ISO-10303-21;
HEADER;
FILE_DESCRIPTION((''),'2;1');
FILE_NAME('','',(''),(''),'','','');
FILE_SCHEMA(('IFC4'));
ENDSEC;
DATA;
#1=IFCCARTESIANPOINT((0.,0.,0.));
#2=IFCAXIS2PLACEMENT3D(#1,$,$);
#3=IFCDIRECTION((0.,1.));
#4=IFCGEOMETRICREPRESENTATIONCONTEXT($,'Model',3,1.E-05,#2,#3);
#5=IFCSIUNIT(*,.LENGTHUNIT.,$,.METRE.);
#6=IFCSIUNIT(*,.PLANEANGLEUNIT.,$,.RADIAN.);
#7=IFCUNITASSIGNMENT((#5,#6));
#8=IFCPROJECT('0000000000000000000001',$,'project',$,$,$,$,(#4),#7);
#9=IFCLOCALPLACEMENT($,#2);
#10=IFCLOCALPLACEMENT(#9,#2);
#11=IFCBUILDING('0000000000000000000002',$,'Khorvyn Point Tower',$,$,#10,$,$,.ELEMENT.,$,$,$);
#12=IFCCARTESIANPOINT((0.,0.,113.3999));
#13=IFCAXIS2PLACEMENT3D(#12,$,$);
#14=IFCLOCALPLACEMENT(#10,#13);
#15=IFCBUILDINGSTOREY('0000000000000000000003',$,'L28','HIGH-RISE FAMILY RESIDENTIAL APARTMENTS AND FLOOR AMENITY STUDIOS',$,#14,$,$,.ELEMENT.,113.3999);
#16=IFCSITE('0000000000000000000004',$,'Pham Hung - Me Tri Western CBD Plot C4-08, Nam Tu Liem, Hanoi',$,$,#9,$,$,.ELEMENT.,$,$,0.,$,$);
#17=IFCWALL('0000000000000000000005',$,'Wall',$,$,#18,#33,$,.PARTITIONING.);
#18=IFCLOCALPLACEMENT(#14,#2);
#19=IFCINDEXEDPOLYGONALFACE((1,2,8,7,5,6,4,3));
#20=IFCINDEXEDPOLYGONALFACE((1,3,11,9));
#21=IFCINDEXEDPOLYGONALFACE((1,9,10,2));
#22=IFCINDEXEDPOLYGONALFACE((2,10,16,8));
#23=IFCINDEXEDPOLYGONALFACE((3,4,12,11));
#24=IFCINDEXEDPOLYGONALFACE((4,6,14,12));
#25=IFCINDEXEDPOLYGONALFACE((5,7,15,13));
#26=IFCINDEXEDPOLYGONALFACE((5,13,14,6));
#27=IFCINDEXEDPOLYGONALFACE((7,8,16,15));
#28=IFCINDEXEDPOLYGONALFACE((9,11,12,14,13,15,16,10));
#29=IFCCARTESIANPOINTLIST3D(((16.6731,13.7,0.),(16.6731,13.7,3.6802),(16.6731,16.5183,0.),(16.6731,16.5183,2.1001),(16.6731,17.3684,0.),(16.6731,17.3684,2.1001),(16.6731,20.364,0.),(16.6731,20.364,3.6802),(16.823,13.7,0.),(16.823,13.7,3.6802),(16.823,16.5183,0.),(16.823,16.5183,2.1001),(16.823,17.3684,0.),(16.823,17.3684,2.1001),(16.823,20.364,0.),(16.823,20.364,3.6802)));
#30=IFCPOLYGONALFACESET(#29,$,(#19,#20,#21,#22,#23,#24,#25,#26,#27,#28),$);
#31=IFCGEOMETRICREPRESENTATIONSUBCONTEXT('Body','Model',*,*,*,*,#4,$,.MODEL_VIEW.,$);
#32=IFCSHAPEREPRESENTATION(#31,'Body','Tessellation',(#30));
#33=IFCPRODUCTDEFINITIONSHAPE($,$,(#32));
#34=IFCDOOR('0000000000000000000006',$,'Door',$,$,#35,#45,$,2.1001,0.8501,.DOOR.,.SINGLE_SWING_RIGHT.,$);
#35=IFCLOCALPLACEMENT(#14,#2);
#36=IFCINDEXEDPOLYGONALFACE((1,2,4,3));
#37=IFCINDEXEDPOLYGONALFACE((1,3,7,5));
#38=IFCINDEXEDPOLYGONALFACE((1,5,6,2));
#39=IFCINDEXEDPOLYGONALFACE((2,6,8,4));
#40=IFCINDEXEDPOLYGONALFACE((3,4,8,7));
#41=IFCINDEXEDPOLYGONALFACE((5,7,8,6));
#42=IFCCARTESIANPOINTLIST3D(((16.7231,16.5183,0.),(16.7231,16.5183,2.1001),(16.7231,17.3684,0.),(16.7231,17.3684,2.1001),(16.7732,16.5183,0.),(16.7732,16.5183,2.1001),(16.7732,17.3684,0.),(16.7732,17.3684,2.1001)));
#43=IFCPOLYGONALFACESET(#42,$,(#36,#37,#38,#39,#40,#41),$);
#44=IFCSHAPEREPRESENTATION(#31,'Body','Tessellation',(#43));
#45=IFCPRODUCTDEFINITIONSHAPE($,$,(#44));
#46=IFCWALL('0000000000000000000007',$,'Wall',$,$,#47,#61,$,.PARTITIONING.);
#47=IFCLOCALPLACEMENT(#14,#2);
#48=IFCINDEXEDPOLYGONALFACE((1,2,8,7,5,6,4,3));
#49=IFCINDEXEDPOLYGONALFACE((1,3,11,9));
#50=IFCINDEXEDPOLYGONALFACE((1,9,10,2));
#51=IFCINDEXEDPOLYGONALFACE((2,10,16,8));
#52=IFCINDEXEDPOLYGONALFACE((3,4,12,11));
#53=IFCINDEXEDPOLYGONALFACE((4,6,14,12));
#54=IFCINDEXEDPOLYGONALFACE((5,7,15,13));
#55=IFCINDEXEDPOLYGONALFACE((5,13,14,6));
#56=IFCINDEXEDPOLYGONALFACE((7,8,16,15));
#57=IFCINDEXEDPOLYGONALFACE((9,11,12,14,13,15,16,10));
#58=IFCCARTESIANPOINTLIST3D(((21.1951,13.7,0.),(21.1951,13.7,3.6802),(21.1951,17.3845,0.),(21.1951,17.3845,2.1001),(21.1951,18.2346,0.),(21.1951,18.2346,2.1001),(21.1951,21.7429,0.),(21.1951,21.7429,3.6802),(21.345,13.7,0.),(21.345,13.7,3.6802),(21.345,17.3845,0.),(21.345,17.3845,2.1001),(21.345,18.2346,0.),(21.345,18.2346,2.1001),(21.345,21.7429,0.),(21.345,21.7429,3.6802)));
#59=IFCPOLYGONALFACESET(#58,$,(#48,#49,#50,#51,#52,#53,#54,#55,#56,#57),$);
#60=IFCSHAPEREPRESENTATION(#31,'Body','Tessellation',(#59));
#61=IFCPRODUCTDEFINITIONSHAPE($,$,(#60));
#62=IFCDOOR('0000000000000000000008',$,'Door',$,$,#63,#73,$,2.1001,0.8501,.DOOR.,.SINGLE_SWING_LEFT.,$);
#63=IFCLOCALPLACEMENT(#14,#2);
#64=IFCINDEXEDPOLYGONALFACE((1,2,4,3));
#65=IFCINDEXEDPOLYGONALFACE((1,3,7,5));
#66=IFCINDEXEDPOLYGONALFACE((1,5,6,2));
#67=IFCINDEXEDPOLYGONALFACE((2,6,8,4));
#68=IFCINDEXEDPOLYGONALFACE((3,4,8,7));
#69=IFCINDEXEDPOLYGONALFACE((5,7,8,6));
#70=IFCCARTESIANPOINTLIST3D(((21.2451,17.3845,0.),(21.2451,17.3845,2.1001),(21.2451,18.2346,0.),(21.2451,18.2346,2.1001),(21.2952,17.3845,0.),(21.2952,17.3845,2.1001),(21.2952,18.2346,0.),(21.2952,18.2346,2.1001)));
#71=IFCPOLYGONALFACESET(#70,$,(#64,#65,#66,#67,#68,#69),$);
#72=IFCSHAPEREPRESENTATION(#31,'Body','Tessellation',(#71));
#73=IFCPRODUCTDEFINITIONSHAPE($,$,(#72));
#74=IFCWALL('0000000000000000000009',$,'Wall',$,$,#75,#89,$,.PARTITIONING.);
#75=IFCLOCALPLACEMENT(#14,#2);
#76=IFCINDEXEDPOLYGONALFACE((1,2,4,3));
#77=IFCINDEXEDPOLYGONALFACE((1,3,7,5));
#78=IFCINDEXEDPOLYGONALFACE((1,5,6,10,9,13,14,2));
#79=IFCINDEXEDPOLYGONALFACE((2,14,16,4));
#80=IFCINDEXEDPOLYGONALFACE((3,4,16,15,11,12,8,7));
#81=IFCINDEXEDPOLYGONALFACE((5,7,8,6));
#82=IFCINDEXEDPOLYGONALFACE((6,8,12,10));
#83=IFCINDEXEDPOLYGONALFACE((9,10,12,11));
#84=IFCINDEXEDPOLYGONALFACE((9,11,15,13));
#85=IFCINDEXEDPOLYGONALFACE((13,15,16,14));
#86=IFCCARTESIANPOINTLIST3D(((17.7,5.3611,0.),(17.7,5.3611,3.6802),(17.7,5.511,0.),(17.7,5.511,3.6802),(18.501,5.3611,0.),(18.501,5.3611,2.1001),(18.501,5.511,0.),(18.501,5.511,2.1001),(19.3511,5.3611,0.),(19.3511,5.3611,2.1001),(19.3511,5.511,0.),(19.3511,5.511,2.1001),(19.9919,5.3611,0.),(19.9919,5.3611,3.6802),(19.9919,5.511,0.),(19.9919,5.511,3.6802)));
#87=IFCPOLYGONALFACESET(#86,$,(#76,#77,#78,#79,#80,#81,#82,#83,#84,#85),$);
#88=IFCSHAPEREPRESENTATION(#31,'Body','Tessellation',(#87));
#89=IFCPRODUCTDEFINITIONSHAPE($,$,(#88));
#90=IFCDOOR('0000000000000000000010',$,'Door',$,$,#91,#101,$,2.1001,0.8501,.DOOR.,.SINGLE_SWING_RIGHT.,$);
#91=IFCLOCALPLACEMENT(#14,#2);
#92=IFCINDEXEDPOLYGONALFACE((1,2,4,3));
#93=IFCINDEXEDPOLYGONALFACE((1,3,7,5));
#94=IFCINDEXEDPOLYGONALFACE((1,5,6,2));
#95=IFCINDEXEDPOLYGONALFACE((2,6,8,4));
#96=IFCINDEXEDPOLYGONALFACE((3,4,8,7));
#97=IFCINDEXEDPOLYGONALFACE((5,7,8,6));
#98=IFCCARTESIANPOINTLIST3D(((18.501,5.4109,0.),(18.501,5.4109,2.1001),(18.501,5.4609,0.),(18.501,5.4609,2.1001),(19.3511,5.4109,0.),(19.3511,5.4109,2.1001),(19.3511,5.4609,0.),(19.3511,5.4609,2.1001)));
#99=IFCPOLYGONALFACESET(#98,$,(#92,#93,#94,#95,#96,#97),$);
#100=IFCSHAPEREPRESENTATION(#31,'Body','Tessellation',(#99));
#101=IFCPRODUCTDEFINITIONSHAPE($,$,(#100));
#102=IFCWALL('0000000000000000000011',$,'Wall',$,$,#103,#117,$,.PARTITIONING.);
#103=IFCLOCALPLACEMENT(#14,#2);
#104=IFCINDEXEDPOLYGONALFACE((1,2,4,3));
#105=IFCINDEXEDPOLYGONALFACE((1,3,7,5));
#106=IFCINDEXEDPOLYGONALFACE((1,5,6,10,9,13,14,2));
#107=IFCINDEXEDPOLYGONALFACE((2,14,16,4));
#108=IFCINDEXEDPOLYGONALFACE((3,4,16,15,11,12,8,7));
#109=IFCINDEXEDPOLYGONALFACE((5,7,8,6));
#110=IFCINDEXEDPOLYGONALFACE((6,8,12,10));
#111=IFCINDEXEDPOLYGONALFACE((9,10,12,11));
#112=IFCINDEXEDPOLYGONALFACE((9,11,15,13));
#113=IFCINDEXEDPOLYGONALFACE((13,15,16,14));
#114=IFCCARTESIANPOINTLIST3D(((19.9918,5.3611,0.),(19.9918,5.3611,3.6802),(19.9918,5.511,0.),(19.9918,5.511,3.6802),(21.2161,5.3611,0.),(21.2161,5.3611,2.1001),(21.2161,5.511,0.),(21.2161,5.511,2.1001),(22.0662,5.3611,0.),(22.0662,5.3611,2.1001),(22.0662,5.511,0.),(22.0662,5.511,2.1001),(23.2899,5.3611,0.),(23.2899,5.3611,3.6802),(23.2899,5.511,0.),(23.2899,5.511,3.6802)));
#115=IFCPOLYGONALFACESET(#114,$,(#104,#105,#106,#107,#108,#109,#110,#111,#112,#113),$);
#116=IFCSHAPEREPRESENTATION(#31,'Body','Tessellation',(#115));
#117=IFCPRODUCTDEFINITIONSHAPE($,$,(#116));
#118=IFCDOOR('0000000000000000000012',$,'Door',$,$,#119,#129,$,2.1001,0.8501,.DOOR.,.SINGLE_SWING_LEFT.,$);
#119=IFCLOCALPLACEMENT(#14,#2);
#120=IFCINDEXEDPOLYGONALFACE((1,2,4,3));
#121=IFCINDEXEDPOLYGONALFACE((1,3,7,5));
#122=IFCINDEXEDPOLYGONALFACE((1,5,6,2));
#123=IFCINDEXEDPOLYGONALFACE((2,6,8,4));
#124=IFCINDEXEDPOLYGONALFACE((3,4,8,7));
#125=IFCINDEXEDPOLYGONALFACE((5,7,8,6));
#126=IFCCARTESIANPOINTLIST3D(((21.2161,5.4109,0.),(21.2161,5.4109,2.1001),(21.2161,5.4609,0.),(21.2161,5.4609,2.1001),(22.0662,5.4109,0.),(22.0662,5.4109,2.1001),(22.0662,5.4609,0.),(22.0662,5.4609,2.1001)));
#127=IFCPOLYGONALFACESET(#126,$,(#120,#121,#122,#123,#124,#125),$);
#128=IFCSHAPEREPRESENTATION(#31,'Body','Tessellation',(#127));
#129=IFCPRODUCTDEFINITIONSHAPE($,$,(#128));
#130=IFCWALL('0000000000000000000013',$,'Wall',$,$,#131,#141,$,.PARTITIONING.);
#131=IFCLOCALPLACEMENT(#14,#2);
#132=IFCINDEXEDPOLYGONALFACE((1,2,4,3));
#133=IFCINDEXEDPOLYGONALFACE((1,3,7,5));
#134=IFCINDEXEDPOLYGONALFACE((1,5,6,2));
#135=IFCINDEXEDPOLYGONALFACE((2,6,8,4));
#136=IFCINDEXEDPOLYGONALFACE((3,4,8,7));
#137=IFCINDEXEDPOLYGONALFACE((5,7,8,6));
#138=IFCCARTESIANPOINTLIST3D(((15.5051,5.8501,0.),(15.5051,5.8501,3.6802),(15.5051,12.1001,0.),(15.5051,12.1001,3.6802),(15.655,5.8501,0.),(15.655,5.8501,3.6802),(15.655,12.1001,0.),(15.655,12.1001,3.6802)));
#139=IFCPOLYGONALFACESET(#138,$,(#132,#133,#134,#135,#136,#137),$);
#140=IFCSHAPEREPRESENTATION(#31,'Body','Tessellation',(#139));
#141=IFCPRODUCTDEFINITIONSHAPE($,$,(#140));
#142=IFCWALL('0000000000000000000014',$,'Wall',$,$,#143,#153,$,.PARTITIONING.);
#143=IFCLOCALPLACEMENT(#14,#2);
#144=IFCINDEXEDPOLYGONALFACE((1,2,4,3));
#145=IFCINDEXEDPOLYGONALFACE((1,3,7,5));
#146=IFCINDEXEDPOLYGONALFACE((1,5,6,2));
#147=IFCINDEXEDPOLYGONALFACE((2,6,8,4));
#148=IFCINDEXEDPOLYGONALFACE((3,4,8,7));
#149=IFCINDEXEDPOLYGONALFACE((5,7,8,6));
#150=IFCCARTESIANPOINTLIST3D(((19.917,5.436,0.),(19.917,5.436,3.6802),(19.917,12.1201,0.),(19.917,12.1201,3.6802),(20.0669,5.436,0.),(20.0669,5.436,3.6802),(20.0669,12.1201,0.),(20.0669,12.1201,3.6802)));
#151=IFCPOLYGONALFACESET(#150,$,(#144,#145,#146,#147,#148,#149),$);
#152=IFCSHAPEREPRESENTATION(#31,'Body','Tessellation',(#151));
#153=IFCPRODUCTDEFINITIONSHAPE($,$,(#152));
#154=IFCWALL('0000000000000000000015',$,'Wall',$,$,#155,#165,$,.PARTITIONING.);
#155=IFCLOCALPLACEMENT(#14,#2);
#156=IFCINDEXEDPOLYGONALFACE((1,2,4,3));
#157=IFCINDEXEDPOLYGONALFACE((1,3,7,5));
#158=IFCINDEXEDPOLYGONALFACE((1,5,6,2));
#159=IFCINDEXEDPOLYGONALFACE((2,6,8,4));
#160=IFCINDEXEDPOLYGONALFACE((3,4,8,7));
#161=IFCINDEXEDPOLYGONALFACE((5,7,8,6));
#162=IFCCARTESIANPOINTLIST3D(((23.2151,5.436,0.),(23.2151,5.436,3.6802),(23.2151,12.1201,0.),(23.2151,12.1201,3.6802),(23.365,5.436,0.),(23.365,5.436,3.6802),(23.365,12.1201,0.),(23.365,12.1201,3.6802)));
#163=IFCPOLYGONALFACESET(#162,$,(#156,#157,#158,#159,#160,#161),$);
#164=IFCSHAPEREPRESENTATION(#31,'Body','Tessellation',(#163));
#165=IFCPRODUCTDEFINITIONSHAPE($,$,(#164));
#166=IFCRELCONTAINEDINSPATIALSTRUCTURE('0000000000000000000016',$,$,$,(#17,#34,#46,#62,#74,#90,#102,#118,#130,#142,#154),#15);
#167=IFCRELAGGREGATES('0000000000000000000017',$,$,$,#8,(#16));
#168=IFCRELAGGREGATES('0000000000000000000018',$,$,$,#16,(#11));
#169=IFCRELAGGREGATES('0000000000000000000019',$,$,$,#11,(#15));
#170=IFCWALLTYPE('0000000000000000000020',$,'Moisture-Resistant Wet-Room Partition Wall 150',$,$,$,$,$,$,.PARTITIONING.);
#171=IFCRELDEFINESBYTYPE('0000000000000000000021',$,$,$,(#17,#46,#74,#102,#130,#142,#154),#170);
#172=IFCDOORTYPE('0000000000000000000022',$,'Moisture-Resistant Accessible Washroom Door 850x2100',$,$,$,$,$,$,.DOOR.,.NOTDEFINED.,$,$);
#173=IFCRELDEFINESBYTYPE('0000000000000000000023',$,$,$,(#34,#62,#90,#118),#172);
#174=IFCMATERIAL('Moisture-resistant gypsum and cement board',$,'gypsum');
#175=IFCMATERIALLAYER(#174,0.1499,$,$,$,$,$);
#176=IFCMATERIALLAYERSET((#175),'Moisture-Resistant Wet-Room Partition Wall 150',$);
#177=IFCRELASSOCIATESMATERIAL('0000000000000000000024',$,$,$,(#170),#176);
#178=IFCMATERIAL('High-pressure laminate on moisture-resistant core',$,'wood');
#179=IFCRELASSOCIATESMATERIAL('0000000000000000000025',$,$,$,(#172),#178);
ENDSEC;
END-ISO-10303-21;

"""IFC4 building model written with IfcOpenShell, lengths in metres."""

from ifc_helpers import new_model, si_unit, direction, frame, frame_2d, origin, place, context, subcontext, project, spatial, rectangle, extrude, material, layer, layer_set, type_object, element, fill, save


model = new_model("IFC4")

# Units and contexts
model_context = context("Model", 3, precision=1e-05, world=origin(), true_north=direction((0.0, 1.0)))
body_context = subcontext(model_context, "Body", "Model", "MODEL_VIEW")
ifc_project = project(units=[si_unit("LENGTHUNIT", "METRE"), si_unit("PLANEANGLEUNIT", "RADIAN")], contexts=[model_context])

# Site, building, storey
site_placement = place(None, origin())
site = spatial("IfcSite", under=ifc_project, at=site_placement, Name="Pham Hung - Me Tri Western CBD Plot C4-08, Nam Tu Liem, Hanoi", CompositionType="ELEMENT", RefElevation=0.0)
building_placement = place(site_placement, origin())
building = spatial("IfcBuilding", under=site, at=building_placement, Name="Khorvyn Point Tower", CompositionType="ELEMENT")
storey_placement = place(building_placement, frame((0.0, 0.0, 113.3999)))
storey = spatial("IfcBuildingStorey", under=building, at=storey_placement, Name="L28", Description="HIGH-RISE FAMILY RESIDENTIAL APARTMENTS AND FLOOR AMENITY STUDIOS", CompositionType="ELEMENT", Elevation=113.3999)

# Walls, openings, doors
ifc_material_1 = material(Name="Moisture-resistant gypsum and cement board", Category="gypsum")
ifc_layer_1 = layer(ifc_material_1, 0.1499)
ifc_layer_set_1 = layer_set([ifc_layer_1], Name="Moisture-Resistant Wet-Room Partition Wall 150")
wall_type_1 = type_object("IfcWallType", Name="Moisture-Resistant Wet-Room Partition Wall 150", PredefinedType="PARTITIONING", material=ifc_layer_set_1)
wall_1_placement = place(storey_placement, frame((16.748, 13.7, 0.0), z_axis=(0.0, 0.0, 1.0), x_axis=(0.0, 1.0, 0.0)))
wall_1 = element("IfcWall", 1, at=wall_1_placement, inside=storey, type_object=wall_type_1, Name="Wall", PredefinedType="PARTITIONING", context=body_context, shape_type="SweptSolid", body=[
    extrude(rectangle(XDim=6.6641, YDim=0.1499, at=frame_2d((3.332, 0.0))), origin(), (0.0, 0.0, 1.0), 3.6802),
])
opening_1_placement = place(wall_1_placement, frame((2.8184, 0.0, 0.0)))
opening_1 = element("IfcOpeningElement", 2, at=opening_1_placement, cuts=wall_1, PredefinedType="OPENING", context=body_context, shape_type="SweptSolid", body=[
    extrude(rectangle(XDim=0.8501, YDim=2.1001, at=frame_2d((0.425, 1.05))), frame((0.0, 0.085, 0.0), z_axis=(0.0, -1.0, 0.0), x_axis=(1.0, 0.0, 0.0)), (0.0, 0.0, 1.0), 0.1699),
])
ifc_material_2 = material(Name="High-pressure laminate on moisture-resistant core", Category="wood")
door_type_1 = type_object("IfcDoorType", Name="Moisture-Resistant Accessible Washroom Door 850x2100", OperationType="NOTDEFINED", PredefinedType="DOOR", material=ifc_material_2)
door_1_placement = place(opening_1_placement, origin())
door_1 = element("IfcDoor", 3, at=door_1_placement, inside=storey, type_object=door_type_1, Name="Door", OperationType="SINGLE_SWING_RIGHT", OverallHeight=2.1001, OverallWidth=0.8501, PredefinedType="DOOR", context=body_context, shape_type="SweptSolid", body=[
    extrude(rectangle(XDim=0.8501, YDim=2.1001, at=frame_2d((0.425, 1.05))), frame((0.0, 0.0249, 0.0), z_axis=(0.0, -1.0, 0.0), x_axis=(1.0, 0.0, 0.0)), (0.0, 0.0, 1.0), 0.05),
])
fill(opening_1, door_1)
wall_2_placement = place(storey_placement, frame((21.27, 13.7, 0.0), z_axis=(0.0, 0.0, 1.0), x_axis=(0.0, 1.0, 0.0)))
wall_2 = element("IfcWall", 4, at=wall_2_placement, inside=storey, type_object=wall_type_1, Name="Wall", PredefinedType="PARTITIONING", context=body_context, shape_type="SweptSolid", body=[
    extrude(rectangle(XDim=8.043, YDim=0.1499, at=frame_2d((4.0215, 0.0))), origin(), (0.0, 0.0, 1.0), 3.6802),
])
opening_2_placement = place(wall_2_placement, frame((3.6846, 0.0, 0.0)))
opening_2 = element("IfcOpeningElement", 5, at=opening_2_placement, cuts=wall_2, PredefinedType="OPENING", context=body_context, shape_type="SweptSolid", body=[
    extrude(rectangle(XDim=0.8501, YDim=2.1001, at=frame_2d((0.425, 1.05))), frame((0.0, 0.085, 0.0), z_axis=(0.0, -1.0, 0.0), x_axis=(1.0, 0.0, 0.0)), (0.0, 0.0, 1.0), 0.1699),
])
door_2_placement = place(opening_2_placement, origin())
door_2 = element("IfcDoor", 6, at=door_2_placement, inside=storey, type_object=door_type_1, Name="Door", OperationType="SINGLE_SWING_LEFT", OverallHeight=2.1001, OverallWidth=0.8501, PredefinedType="DOOR", context=body_context, shape_type="SweptSolid", body=[
    extrude(rectangle(XDim=0.8501, YDim=2.1001, at=frame_2d((0.425, 1.05))), frame((0.0, 0.0249, 0.0), z_axis=(0.0, -1.0, 0.0), x_axis=(1.0, 0.0, 0.0)), (0.0, 0.0, 1.0), 0.05),
])
fill(opening_2, door_2)
wall_3_placement = place(storey_placement, frame((17.7, 5.436, 0.0), z_axis=(0.0, 0.0, 1.0), x_axis=(1.0, 0.0, 0.0)))
wall_3 = element("IfcWall", 7, at=wall_3_placement, inside=storey, type_object=wall_type_1, Name="Wall", PredefinedType="PARTITIONING", context=body_context, shape_type="SweptSolid", body=[
    extrude(rectangle(XDim=2.292, YDim=0.1499, at=frame_2d((1.146, 0.0))), origin(), (0.0, 0.0, 1.0), 3.6802),
])
opening_3_placement = place(wall_3_placement, frame((0.801, 0.0, 0.0)))
opening_3 = element("IfcOpeningElement", 8, at=opening_3_placement, cuts=wall_3, PredefinedType="OPENING", context=body_context, shape_type="SweptSolid", body=[
    extrude(rectangle(XDim=0.8501, YDim=2.1001, at=frame_2d((0.425, 1.05))), frame((0.0, 0.085, 0.0), z_axis=(0.0, -1.0, 0.0), x_axis=(1.0, 0.0, 0.0)), (0.0, 0.0, 1.0), 0.1699),
])
door_3_placement = place(opening_3_placement, origin())
door_3 = element("IfcDoor", 9, at=door_3_placement, inside=storey, type_object=door_type_1, Name="Door", OperationType="SINGLE_SWING_RIGHT", OverallHeight=2.1001, OverallWidth=0.8501, PredefinedType="DOOR", context=body_context, shape_type="SweptSolid", body=[
    extrude(rectangle(XDim=0.8501, YDim=2.1001, at=frame_2d((0.425, 1.05))), frame((0.0, 0.0249, 0.0), z_axis=(0.0, -1.0, 0.0), x_axis=(1.0, 0.0, 0.0)), (0.0, 0.0, 1.0), 0.05),
])
fill(opening_3, door_3)
wall_4_placement = place(storey_placement, frame((19.9919, 5.436, 0.0), z_axis=(0.0, 0.0, 1.0), x_axis=(1.0, 0.0, 0.0)))
wall_4 = element("IfcWall", 10, at=wall_4_placement, inside=storey, type_object=wall_type_1, Name="Wall", PredefinedType="PARTITIONING", context=body_context, shape_type="SweptSolid", body=[
    extrude(rectangle(XDim=3.2981, YDim=0.1499, at=frame_2d((1.6489, 0.0))), origin(), (0.0, 0.0, 1.0), 3.6802),
])
opening_4_placement = place(wall_4_placement, frame((1.2241, 0.0, 0.0)))
opening_4 = element("IfcOpeningElement", 11, at=opening_4_placement, cuts=wall_4, PredefinedType="OPENING", context=body_context, shape_type="SweptSolid", body=[
    extrude(rectangle(XDim=0.8501, YDim=2.1001, at=frame_2d((0.425, 1.05))), frame((0.0, 0.085, 0.0), z_axis=(0.0, -1.0, 0.0), x_axis=(1.0, 0.0, 0.0)), (0.0, 0.0, 1.0), 0.1699),
])
door_4_placement = place(opening_4_placement, origin())
door_4 = element("IfcDoor", 12, at=door_4_placement, inside=storey, type_object=door_type_1, Name="Door", OperationType="SINGLE_SWING_LEFT", OverallHeight=2.1001, OverallWidth=0.8501, PredefinedType="DOOR", context=body_context, shape_type="SweptSolid", body=[
    extrude(rectangle(XDim=0.8501, YDim=2.1001, at=frame_2d((0.425, 1.05))), frame((0.0, 0.0249, 0.0), z_axis=(0.0, -1.0, 0.0), x_axis=(1.0, 0.0, 0.0)), (0.0, 0.0, 1.0), 0.05),
])
fill(opening_4, door_4)

# Walls
wall_5_placement = place(storey_placement, frame((15.5801, 5.8501, 0.0), z_axis=(0.0, 0.0, 1.0), x_axis=(0.0, 1.0, 0.0)))
element("IfcWall", 13, at=wall_5_placement, inside=storey, type_object=wall_type_1, Name="Wall", PredefinedType="PARTITIONING", context=body_context, shape_type="SweptSolid", body=[
    extrude(rectangle(XDim=6.25, YDim=0.1499, at=frame_2d((3.125, 0.0))), origin(), (0.0, 0.0, 1.0), 3.6802),
])
for number, where, z_axis, x_axis, name in (
    (14, (19.9919, 5.436, 0.0), (0.0, 0.0, 1.0), (0.0, 1.0, 0.0), "Wall"),
    (15, (23.29, 5.436, 0.0), (0.0, 0.0, 1.0), (0.0, 1.0, 0.0), "Wall"),
):
    element("IfcWall", number, at=place(storey_placement, frame(where, z_axis=z_axis, x_axis=x_axis)), inside=storey, type_object=wall_type_1, Name=name, PredefinedType="PARTITIONING", context=body_context, shape_type="SweptSolid", body=[
        extrude(rectangle(XDim=6.6841, YDim=0.1499, at=frame_2d((3.342, 0.0))), origin(), (0.0, 0.0, 1.0), 3.6802),
    ])

save(model, "model.ifc")
